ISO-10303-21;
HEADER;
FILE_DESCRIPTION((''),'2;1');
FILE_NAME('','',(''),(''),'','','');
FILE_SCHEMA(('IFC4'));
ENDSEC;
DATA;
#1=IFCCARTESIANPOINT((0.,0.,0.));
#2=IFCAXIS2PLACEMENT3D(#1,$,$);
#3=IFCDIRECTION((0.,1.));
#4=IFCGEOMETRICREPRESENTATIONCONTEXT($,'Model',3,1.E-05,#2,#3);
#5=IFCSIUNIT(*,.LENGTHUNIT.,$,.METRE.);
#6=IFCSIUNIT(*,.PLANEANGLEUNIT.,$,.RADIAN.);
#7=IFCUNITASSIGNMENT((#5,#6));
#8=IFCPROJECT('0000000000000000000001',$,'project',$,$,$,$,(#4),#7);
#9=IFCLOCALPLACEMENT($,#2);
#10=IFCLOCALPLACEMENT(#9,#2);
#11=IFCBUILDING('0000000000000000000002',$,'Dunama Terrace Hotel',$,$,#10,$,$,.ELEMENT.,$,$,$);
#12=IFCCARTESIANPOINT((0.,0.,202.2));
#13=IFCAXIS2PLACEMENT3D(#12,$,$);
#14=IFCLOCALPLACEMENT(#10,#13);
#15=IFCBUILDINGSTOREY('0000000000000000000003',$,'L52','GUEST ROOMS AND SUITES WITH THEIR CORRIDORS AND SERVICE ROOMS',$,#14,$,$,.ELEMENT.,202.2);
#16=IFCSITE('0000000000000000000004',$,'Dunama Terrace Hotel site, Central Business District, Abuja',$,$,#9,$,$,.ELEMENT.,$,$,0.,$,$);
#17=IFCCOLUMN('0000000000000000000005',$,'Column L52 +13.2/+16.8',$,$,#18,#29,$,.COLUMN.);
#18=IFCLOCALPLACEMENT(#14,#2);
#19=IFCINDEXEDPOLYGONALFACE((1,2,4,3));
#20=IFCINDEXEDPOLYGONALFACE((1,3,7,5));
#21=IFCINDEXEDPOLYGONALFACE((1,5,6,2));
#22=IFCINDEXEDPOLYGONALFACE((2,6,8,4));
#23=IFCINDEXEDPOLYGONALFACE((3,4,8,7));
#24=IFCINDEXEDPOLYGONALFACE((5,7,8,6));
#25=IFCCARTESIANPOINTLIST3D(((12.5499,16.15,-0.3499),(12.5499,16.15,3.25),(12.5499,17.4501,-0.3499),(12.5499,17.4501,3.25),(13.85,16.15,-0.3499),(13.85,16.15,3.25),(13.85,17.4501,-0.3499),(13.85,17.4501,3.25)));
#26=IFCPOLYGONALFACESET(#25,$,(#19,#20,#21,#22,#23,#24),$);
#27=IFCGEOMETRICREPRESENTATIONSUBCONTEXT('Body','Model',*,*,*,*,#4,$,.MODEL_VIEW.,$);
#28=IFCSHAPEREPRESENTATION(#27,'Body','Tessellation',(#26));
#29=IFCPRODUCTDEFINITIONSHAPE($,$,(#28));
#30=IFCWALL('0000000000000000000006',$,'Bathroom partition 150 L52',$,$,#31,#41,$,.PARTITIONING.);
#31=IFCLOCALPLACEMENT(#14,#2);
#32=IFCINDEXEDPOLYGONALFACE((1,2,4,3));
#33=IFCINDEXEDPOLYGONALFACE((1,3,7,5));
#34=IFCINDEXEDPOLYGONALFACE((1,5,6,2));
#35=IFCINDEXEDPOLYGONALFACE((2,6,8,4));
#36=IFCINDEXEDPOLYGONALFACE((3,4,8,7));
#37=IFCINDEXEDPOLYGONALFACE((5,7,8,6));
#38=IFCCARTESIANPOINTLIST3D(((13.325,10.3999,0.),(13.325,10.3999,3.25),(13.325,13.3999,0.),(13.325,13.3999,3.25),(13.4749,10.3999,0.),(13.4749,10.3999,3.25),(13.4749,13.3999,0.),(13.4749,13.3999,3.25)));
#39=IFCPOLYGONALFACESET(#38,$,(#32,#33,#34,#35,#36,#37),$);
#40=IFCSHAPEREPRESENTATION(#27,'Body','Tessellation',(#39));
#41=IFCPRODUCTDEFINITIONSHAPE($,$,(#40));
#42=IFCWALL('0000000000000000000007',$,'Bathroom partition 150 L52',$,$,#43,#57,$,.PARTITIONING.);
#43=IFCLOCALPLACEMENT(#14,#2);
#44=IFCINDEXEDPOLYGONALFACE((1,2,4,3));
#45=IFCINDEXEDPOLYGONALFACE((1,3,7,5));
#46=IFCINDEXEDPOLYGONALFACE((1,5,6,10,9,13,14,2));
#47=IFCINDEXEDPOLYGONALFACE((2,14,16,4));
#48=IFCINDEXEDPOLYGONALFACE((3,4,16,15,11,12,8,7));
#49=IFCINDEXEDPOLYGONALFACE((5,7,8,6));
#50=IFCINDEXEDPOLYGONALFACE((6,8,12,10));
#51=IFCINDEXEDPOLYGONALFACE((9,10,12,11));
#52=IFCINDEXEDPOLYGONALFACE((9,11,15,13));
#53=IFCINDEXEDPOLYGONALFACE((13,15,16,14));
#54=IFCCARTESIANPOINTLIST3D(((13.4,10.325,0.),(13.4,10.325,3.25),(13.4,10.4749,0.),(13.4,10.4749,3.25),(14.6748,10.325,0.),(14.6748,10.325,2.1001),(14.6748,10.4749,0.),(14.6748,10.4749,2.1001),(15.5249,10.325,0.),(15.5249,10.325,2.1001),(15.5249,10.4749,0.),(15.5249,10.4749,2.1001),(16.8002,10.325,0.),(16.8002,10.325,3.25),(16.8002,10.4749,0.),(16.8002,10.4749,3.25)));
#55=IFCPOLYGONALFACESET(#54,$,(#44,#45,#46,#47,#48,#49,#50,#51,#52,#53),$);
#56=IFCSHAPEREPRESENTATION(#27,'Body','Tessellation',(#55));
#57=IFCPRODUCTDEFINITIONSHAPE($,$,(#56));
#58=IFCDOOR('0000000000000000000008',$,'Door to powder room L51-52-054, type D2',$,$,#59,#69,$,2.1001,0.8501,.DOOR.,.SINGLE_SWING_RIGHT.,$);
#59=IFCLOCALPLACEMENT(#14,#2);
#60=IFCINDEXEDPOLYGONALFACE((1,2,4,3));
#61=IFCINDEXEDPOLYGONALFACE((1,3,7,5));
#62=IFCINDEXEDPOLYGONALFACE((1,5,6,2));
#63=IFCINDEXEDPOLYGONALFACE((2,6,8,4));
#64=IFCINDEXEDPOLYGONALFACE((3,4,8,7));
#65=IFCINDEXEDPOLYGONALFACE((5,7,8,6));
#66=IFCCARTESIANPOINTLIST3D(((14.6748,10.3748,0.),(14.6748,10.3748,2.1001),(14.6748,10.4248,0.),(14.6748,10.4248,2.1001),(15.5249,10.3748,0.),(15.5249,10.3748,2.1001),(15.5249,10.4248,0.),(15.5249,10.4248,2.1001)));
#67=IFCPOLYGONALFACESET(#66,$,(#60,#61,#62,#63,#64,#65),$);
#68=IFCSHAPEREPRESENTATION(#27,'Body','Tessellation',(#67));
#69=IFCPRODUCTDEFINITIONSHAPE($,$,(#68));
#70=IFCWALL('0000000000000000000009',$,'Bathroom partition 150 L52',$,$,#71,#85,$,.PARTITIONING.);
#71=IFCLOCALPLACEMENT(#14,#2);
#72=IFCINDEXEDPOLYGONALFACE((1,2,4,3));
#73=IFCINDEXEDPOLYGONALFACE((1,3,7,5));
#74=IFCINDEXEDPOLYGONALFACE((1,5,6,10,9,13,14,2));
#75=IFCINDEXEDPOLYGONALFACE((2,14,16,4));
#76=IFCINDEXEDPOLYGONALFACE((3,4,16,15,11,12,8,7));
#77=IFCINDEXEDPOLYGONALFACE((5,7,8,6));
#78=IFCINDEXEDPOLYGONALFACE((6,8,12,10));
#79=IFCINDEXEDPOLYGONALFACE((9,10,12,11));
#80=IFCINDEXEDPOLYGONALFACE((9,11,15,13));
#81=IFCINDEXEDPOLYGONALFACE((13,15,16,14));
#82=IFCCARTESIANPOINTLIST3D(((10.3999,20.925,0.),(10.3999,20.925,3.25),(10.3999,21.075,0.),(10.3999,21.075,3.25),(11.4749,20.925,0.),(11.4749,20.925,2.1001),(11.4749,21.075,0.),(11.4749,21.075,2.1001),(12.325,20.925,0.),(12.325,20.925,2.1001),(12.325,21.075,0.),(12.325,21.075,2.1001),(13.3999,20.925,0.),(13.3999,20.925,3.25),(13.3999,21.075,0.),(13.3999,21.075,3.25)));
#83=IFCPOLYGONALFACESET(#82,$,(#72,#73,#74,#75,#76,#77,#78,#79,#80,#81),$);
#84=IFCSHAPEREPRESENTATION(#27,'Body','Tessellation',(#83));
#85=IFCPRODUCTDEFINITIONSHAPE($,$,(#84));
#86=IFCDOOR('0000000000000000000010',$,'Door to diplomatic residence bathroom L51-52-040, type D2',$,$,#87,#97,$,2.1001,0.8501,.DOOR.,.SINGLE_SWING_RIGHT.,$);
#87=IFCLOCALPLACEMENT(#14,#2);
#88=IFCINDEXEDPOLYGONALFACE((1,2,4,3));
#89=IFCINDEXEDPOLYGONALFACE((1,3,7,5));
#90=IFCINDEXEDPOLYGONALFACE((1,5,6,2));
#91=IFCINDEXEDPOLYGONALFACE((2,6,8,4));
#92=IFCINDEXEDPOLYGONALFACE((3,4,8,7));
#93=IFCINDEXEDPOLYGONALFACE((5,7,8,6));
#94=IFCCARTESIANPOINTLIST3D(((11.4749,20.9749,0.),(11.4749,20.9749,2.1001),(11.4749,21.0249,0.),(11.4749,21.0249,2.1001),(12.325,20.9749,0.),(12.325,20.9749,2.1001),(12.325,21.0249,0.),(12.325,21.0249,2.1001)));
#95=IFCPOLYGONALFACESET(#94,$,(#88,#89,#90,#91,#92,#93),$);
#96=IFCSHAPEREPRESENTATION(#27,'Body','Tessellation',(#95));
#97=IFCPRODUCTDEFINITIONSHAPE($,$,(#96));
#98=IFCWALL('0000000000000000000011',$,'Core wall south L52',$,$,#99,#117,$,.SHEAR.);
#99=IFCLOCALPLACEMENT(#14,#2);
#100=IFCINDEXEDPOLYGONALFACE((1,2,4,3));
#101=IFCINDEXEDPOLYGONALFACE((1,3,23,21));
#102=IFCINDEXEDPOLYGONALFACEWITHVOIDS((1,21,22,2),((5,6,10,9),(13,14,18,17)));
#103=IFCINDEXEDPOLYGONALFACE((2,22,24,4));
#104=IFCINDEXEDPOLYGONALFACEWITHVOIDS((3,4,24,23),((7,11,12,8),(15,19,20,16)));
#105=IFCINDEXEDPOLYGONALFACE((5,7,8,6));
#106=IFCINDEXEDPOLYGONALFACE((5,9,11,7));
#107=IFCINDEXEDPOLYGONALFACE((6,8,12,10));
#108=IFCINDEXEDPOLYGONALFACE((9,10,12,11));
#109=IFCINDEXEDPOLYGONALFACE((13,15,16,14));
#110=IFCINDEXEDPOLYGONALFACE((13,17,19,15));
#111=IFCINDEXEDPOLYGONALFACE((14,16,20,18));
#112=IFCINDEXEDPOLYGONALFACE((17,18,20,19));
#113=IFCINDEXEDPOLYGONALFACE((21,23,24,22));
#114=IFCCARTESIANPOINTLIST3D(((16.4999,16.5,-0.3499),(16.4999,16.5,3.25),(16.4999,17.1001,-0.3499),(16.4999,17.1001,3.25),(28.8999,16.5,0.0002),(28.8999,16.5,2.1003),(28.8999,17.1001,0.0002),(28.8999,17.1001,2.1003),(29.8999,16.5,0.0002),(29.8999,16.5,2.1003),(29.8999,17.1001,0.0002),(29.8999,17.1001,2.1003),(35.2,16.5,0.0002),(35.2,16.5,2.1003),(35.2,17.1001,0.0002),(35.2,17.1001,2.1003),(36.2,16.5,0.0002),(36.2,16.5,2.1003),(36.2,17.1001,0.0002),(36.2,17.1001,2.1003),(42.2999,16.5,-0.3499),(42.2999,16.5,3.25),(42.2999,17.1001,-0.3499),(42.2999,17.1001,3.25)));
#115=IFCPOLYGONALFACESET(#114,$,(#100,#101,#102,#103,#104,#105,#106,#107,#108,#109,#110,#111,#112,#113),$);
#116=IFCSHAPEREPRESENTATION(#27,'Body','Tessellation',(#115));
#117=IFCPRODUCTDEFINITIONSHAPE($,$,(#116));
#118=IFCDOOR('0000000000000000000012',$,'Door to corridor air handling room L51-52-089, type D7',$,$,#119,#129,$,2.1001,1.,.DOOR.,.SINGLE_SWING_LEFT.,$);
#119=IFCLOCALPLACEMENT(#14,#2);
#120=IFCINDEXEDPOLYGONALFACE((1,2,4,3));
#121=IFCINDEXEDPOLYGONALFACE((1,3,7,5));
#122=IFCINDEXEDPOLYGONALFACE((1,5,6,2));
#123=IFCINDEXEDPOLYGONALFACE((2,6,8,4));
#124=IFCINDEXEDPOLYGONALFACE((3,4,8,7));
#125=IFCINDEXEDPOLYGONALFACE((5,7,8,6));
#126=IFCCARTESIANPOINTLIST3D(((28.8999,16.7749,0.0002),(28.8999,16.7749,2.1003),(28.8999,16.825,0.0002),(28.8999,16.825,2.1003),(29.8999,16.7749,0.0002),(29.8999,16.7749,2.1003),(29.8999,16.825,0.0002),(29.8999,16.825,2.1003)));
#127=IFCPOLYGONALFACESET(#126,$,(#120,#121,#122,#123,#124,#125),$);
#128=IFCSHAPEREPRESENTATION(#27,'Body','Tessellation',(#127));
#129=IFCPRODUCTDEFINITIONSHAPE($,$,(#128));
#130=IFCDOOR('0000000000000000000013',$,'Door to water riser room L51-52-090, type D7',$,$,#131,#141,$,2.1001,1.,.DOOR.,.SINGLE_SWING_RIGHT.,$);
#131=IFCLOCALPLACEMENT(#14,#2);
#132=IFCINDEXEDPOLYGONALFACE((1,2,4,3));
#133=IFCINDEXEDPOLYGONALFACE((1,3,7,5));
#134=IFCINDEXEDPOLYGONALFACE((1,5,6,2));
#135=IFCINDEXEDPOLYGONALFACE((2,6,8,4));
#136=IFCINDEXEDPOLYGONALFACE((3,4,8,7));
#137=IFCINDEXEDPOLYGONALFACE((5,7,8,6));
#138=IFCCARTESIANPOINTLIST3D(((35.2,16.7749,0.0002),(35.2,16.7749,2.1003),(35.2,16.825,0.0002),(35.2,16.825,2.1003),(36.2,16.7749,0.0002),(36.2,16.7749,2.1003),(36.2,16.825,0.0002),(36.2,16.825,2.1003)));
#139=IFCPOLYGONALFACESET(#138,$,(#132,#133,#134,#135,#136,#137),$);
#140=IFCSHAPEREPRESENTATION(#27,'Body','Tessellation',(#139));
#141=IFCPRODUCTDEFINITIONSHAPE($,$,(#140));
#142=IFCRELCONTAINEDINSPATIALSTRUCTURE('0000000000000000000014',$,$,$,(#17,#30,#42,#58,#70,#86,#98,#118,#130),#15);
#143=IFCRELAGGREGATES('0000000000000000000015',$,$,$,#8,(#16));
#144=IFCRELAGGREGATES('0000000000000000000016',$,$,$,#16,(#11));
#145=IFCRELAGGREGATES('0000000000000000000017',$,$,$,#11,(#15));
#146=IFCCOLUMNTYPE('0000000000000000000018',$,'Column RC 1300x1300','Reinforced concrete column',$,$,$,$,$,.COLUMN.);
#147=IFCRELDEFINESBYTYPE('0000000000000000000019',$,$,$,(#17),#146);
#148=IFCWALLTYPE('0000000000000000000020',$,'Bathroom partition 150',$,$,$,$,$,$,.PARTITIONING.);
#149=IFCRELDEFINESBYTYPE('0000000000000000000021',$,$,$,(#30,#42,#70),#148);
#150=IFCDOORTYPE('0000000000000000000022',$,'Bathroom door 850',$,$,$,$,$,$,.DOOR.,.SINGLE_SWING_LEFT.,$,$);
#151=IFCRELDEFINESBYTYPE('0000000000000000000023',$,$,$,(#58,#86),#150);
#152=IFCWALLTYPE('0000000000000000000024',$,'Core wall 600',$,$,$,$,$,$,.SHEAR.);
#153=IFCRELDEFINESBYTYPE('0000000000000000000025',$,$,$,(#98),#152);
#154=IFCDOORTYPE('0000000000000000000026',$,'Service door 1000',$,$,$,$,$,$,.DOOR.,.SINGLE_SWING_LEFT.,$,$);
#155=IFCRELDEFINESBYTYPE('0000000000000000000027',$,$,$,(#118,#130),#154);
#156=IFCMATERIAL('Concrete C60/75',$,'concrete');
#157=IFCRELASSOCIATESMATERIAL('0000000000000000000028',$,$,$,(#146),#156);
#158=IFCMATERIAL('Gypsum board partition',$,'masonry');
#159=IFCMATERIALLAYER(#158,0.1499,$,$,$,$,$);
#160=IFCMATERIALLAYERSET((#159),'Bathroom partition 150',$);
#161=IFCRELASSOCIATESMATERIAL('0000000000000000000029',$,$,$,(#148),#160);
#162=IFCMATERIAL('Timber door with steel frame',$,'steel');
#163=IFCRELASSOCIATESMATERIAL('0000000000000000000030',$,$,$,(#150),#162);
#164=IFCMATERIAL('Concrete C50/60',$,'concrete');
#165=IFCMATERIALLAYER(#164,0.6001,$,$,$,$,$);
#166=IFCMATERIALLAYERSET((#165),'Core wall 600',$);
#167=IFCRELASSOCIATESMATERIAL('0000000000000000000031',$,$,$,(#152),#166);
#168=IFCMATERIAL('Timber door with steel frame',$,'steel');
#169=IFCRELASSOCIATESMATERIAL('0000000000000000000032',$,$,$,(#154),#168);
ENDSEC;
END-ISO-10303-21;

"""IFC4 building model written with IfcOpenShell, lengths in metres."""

from ifc_helpers import new_model, si_unit, direction, frame, frame_2d, origin, origin_2d, place, context, subcontext, project, spatial, rectangle, extrude, material, layer, layer_set, material_profile, profile_set, type_object, element, fill, save


model = new_model("IFC4")

# Units and contexts
model_context = context("Model", 3, precision=1e-05, world=origin(), true_north=direction((0.0, 1.0)))
body_context = subcontext(model_context, "Body", "Model", "MODEL_VIEW")
ifc_project = project(units=[si_unit("LENGTHUNIT", "METRE"), si_unit("PLANEANGLEUNIT", "RADIAN")], contexts=[model_context])

# Site, building, storey
site_placement = place(None, origin())
site = spatial("IfcSite", under=ifc_project, at=site_placement, Name="Dunama Terrace Hotel site, Central Business District, Abuja", CompositionType="ELEMENT", RefElevation=0.0)
building_placement = place(site_placement, origin())
building = spatial("IfcBuilding", under=site, at=building_placement, Name="Dunama Terrace Hotel", CompositionType="ELEMENT")
storey_placement = place(building_placement, frame((0.0, 0.0, 202.2)))
storey = spatial("IfcBuildingStorey", under=building, at=storey_placement, Name="L52", Description="GUEST ROOMS AND SUITES WITH THEIR CORRIDORS AND SERVICE ROOMS", CompositionType="ELEMENT", Elevation=202.2)

# Column
ifc_material_1 = material(Name="Concrete C60/75", Category="concrete")
ifc_material_profile = material_profile(ifc_material_1, rectangle(XDim=1.3, YDim=1.3, at=origin_2d()), Name="RC 1300x1300")
ifc_profile_set = profile_set([ifc_material_profile], Name="Concrete C60/75")
column_type = type_object("IfcColumnType", Name="Column RC 1300x1300", Description="Reinforced concrete column", PredefinedType="COLUMN", material=ifc_profile_set)
column_placement = place(storey_placement, frame((13.2, 16.8, -0.3499), z_axis=(0.0, 0.0, 1.0), x_axis=(1.0, 0.0, 0.0)))
element("IfcColumn", 1, at=column_placement, inside=storey, type_object=column_type, Name="Column L52 +13.2/+16.8", PredefinedType="COLUMN", context=body_context, shape_type="SweptSolid", body=[
    extrude(rectangle(XDim=1.3, YDim=1.3, at=origin_2d()), origin(), (0.0, 0.0, 1.0), 3.5999),
])

# Wall
ifc_material_2 = material(Name="Gypsum board partition", Category="masonry")
ifc_layer_1 = layer(ifc_material_2, 0.1499)
ifc_layer_set_1 = layer_set([ifc_layer_1], Name="Bathroom partition 150")
wall_type_1 = type_object("IfcWallType", Name="Bathroom partition 150", PredefinedType="PARTITIONING", material=ifc_layer_set_1)
wall_1_placement = place(storey_placement, frame((13.3999, 10.3999, 0.0), z_axis=(0.0, 0.0, 1.0), x_axis=(0.0, 1.0, 0.0)))
element("IfcWall", 2, at=wall_1_placement, inside=storey, type_object=wall_type_1, Name="Bathroom partition 150 L52", PredefinedType="PARTITIONING", context=body_context, shape_type="SweptSolid", body=[
    extrude(rectangle(XDim=3.0, YDim=0.1499, at=frame_2d((1.5, 0.0))), origin(), (0.0, 0.0, 1.0), 3.25),
])

# Walls, openings, doors
wall_2_placement = place(storey_placement, frame((13.3999, 10.3999, 0.0), z_axis=(0.0, 0.0, 1.0), x_axis=(1.0, 0.0, 0.0)))
wall_2 = element("IfcWall", 3, at=wall_2_placement, inside=storey, type_object=wall_type_1, Name="Bathroom partition 150 L52", PredefinedType="PARTITIONING", context=body_context, shape_type="SweptSolid", body=[
    extrude(rectangle(XDim=3.4001, YDim=0.1499, at=frame_2d((1.7002, 0.0))), origin(), (0.0, 0.0, 1.0), 3.25),
])
opening_1_placement = place(wall_2_placement, frame((1.2749, 0.0, 0.0)))
opening_1 = element("IfcOpeningElement", 4, at=opening_1_placement, cuts=wall_2, PredefinedType="OPENING", context=body_context, shape_type="SweptSolid", body=[
    extrude(rectangle(XDim=0.8501, YDim=2.1001, at=frame_2d((0.425, 1.05))), frame((0.0, 0.085, 0.0), z_axis=(0.0, -1.0, 0.0), x_axis=(1.0, 0.0, 0.0)), (0.0, 0.0, 1.0), 0.1699),
])
ifc_material_3 = material(Name="Timber door with steel frame", Category="steel")
door_type_1 = type_object("IfcDoorType", Name="Bathroom door 850", OperationType="SINGLE_SWING_LEFT", PredefinedType="DOOR", material=ifc_material_3)
door_1_placement = place(opening_1_placement, origin())
door_1 = element("IfcDoor", 5, at=door_1_placement, inside=storey, type_object=door_type_1, Name="Door to powder room L51-52-054, type D2", OperationType="SINGLE_SWING_RIGHT", OverallHeight=2.1001, OverallWidth=0.8501, PredefinedType="DOOR", context=body_context, shape_type="SweptSolid", body=[
    extrude(rectangle(XDim=0.8501, YDim=2.1001, at=frame_2d((0.425, 1.05))), frame((0.0, 0.0249, 0.0), z_axis=(0.0, -1.0, 0.0), x_axis=(1.0, 0.0, 0.0)), (0.0, 0.0, 1.0), 0.05),
])
fill(opening_1, door_1)
wall_3_placement = place(storey_placement, frame((10.3999, 21.0, 0.0), z_axis=(0.0, 0.0, 1.0), x_axis=(1.0, 0.0, 0.0)))
wall_3 = element("IfcWall", 6, at=wall_3_placement, inside=storey, type_object=wall_type_1, Name="Bathroom partition 150 L52", PredefinedType="PARTITIONING", context=body_context, shape_type="SweptSolid", body=[
    extrude(rectangle(XDim=3.0, YDim=0.1499, at=frame_2d((1.5, 0.0))), origin(), (0.0, 0.0, 1.0), 3.25),
])
opening_2_placement = place(wall_3_placement, frame((1.075, 0.0, 0.0)))
opening_2 = element("IfcOpeningElement", 7, at=opening_2_placement, cuts=wall_3, PredefinedType="OPENING", context=body_context, shape_type="SweptSolid", body=[
    extrude(rectangle(XDim=0.8501, YDim=2.1001, at=frame_2d((0.425, 1.05))), frame((0.0, 0.085, 0.0), z_axis=(0.0, -1.0, 0.0), x_axis=(1.0, 0.0, 0.0)), (0.0, 0.0, 1.0), 0.1699),
])
door_2_placement = place(opening_2_placement, origin())
door_2 = element("IfcDoor", 8, at=door_2_placement, inside=storey, type_object=door_type_1, Name="Door to diplomatic residence bathroom L51-52-040, type D2", OperationType="SINGLE_SWING_RIGHT", OverallHeight=2.1001, OverallWidth=0.8501, PredefinedType="DOOR", context=body_context, shape_type="SweptSolid", body=[
    extrude(rectangle(XDim=0.8501, YDim=2.1001, at=frame_2d((0.425, 1.05))), frame((0.0, 0.0249, 0.0), z_axis=(0.0, -1.0, 0.0), x_axis=(1.0, 0.0, 0.0)), (0.0, 0.0, 1.0), 0.05),
])
fill(opening_2, door_2)

# Wall, openings, doors
ifc_material_4 = material(Name="Concrete C50/60", Category="concrete")
ifc_layer_2 = layer(ifc_material_4, 0.6001)
ifc_layer_set_2 = layer_set([ifc_layer_2], Name="Core wall 600")
wall_type_2 = type_object("IfcWallType", Name="Core wall 600", PredefinedType="SHEAR", material=ifc_layer_set_2)
wall_4_placement = place(storey_placement, frame((16.5, 16.8, -0.3499), z_axis=(0.0, 0.0, 1.0), x_axis=(1.0, 0.0, 0.0)))
wall_4 = element("IfcWall", 9, at=wall_4_placement, inside=storey, type_object=wall_type_2, Name="Core wall south L52", PredefinedType="SHEAR", context=body_context, shape_type="SweptSolid", body=[
    extrude(rectangle(XDim=25.8, YDim=0.6001, at=frame_2d((12.8999, 0.0))), origin(), (0.0, 0.0, 1.0), 3.5999),
])
opening_3_placement = place(wall_4_placement, frame((12.3999, 0.0, 0.3501)))
opening_3 = element("IfcOpeningElement", 10, at=opening_3_placement, cuts=wall_4, PredefinedType="OPENING", context=body_context, shape_type="SweptSolid", body=[
    extrude(rectangle(XDim=1.0, YDim=2.1001, at=frame_2d((0.5, 1.05))), frame((0.0, 0.3101, 0.0), z_axis=(0.0, -1.0, 0.0), x_axis=(1.0, 0.0, 0.0)), (0.0, 0.0, 1.0), 0.6201),
])
opening_4_placement = place(wall_4_placement, frame((18.7, 0.0, 0.3501)))
opening_4 = element("IfcOpeningElement", 11, at=opening_4_placement, cuts=wall_4, PredefinedType="OPENING", context=body_context, shape_type="SweptSolid", body=[
    extrude(rectangle(XDim=1.0, YDim=2.1001, at=frame_2d((0.5, 1.05))), frame((0.0, 0.3101, 0.0), z_axis=(0.0, -1.0, 0.0), x_axis=(1.0, 0.0, 0.0)), (0.0, 0.0, 1.0), 0.6201),
])
ifc_material_5 = material(Name="Timber door with steel frame", Category="steel")
door_type_2 = type_object("IfcDoorType", Name="Service door 1000", OperationType="SINGLE_SWING_LEFT", PredefinedType="DOOR", material=ifc_material_5)
door_3_placement = place(opening_3_placement, origin())
door_3 = element("IfcDoor", 12, at=door_3_placement, inside=storey, type_object=door_type_2, Name="Door to corridor air handling room L51-52-089, type D7", OperationType="SINGLE_SWING_LEFT", OverallHeight=2.1001, OverallWidth=1.0, PredefinedType="DOOR", context=body_context, shape_type="SweptSolid", body=[
    extrude(rectangle(XDim=1.0, YDim=2.1001, at=frame_2d((0.5, 1.05))), frame((0.0, 0.0249, 0.0), z_axis=(0.0, -1.0, 0.0), x_axis=(1.0, 0.0, 0.0)), (0.0, 0.0, 1.0), 0.05),
])
fill(opening_3, door_3)
door_4_placement = place(opening_4_placement, origin())
door_4 = element("IfcDoor", 13, at=door_4_placement, inside=storey, type_object=door_type_2, Name="Door to water riser room L51-52-090, type D7", OperationType="SINGLE_SWING_RIGHT", OverallHeight=2.1001, OverallWidth=1.0, PredefinedType="DOOR", context=body_context, shape_type="SweptSolid", body=[
    extrude(rectangle(XDim=1.0, YDim=2.1001, at=frame_2d((0.5, 1.05))), frame((0.0, 0.0249, 0.0), z_axis=(0.0, -1.0, 0.0), x_axis=(1.0, 0.0, 0.0)), (0.0, 0.0, 1.0), 0.05),
])
fill(opening_4, door_4)

save(model, "model.ifc")
